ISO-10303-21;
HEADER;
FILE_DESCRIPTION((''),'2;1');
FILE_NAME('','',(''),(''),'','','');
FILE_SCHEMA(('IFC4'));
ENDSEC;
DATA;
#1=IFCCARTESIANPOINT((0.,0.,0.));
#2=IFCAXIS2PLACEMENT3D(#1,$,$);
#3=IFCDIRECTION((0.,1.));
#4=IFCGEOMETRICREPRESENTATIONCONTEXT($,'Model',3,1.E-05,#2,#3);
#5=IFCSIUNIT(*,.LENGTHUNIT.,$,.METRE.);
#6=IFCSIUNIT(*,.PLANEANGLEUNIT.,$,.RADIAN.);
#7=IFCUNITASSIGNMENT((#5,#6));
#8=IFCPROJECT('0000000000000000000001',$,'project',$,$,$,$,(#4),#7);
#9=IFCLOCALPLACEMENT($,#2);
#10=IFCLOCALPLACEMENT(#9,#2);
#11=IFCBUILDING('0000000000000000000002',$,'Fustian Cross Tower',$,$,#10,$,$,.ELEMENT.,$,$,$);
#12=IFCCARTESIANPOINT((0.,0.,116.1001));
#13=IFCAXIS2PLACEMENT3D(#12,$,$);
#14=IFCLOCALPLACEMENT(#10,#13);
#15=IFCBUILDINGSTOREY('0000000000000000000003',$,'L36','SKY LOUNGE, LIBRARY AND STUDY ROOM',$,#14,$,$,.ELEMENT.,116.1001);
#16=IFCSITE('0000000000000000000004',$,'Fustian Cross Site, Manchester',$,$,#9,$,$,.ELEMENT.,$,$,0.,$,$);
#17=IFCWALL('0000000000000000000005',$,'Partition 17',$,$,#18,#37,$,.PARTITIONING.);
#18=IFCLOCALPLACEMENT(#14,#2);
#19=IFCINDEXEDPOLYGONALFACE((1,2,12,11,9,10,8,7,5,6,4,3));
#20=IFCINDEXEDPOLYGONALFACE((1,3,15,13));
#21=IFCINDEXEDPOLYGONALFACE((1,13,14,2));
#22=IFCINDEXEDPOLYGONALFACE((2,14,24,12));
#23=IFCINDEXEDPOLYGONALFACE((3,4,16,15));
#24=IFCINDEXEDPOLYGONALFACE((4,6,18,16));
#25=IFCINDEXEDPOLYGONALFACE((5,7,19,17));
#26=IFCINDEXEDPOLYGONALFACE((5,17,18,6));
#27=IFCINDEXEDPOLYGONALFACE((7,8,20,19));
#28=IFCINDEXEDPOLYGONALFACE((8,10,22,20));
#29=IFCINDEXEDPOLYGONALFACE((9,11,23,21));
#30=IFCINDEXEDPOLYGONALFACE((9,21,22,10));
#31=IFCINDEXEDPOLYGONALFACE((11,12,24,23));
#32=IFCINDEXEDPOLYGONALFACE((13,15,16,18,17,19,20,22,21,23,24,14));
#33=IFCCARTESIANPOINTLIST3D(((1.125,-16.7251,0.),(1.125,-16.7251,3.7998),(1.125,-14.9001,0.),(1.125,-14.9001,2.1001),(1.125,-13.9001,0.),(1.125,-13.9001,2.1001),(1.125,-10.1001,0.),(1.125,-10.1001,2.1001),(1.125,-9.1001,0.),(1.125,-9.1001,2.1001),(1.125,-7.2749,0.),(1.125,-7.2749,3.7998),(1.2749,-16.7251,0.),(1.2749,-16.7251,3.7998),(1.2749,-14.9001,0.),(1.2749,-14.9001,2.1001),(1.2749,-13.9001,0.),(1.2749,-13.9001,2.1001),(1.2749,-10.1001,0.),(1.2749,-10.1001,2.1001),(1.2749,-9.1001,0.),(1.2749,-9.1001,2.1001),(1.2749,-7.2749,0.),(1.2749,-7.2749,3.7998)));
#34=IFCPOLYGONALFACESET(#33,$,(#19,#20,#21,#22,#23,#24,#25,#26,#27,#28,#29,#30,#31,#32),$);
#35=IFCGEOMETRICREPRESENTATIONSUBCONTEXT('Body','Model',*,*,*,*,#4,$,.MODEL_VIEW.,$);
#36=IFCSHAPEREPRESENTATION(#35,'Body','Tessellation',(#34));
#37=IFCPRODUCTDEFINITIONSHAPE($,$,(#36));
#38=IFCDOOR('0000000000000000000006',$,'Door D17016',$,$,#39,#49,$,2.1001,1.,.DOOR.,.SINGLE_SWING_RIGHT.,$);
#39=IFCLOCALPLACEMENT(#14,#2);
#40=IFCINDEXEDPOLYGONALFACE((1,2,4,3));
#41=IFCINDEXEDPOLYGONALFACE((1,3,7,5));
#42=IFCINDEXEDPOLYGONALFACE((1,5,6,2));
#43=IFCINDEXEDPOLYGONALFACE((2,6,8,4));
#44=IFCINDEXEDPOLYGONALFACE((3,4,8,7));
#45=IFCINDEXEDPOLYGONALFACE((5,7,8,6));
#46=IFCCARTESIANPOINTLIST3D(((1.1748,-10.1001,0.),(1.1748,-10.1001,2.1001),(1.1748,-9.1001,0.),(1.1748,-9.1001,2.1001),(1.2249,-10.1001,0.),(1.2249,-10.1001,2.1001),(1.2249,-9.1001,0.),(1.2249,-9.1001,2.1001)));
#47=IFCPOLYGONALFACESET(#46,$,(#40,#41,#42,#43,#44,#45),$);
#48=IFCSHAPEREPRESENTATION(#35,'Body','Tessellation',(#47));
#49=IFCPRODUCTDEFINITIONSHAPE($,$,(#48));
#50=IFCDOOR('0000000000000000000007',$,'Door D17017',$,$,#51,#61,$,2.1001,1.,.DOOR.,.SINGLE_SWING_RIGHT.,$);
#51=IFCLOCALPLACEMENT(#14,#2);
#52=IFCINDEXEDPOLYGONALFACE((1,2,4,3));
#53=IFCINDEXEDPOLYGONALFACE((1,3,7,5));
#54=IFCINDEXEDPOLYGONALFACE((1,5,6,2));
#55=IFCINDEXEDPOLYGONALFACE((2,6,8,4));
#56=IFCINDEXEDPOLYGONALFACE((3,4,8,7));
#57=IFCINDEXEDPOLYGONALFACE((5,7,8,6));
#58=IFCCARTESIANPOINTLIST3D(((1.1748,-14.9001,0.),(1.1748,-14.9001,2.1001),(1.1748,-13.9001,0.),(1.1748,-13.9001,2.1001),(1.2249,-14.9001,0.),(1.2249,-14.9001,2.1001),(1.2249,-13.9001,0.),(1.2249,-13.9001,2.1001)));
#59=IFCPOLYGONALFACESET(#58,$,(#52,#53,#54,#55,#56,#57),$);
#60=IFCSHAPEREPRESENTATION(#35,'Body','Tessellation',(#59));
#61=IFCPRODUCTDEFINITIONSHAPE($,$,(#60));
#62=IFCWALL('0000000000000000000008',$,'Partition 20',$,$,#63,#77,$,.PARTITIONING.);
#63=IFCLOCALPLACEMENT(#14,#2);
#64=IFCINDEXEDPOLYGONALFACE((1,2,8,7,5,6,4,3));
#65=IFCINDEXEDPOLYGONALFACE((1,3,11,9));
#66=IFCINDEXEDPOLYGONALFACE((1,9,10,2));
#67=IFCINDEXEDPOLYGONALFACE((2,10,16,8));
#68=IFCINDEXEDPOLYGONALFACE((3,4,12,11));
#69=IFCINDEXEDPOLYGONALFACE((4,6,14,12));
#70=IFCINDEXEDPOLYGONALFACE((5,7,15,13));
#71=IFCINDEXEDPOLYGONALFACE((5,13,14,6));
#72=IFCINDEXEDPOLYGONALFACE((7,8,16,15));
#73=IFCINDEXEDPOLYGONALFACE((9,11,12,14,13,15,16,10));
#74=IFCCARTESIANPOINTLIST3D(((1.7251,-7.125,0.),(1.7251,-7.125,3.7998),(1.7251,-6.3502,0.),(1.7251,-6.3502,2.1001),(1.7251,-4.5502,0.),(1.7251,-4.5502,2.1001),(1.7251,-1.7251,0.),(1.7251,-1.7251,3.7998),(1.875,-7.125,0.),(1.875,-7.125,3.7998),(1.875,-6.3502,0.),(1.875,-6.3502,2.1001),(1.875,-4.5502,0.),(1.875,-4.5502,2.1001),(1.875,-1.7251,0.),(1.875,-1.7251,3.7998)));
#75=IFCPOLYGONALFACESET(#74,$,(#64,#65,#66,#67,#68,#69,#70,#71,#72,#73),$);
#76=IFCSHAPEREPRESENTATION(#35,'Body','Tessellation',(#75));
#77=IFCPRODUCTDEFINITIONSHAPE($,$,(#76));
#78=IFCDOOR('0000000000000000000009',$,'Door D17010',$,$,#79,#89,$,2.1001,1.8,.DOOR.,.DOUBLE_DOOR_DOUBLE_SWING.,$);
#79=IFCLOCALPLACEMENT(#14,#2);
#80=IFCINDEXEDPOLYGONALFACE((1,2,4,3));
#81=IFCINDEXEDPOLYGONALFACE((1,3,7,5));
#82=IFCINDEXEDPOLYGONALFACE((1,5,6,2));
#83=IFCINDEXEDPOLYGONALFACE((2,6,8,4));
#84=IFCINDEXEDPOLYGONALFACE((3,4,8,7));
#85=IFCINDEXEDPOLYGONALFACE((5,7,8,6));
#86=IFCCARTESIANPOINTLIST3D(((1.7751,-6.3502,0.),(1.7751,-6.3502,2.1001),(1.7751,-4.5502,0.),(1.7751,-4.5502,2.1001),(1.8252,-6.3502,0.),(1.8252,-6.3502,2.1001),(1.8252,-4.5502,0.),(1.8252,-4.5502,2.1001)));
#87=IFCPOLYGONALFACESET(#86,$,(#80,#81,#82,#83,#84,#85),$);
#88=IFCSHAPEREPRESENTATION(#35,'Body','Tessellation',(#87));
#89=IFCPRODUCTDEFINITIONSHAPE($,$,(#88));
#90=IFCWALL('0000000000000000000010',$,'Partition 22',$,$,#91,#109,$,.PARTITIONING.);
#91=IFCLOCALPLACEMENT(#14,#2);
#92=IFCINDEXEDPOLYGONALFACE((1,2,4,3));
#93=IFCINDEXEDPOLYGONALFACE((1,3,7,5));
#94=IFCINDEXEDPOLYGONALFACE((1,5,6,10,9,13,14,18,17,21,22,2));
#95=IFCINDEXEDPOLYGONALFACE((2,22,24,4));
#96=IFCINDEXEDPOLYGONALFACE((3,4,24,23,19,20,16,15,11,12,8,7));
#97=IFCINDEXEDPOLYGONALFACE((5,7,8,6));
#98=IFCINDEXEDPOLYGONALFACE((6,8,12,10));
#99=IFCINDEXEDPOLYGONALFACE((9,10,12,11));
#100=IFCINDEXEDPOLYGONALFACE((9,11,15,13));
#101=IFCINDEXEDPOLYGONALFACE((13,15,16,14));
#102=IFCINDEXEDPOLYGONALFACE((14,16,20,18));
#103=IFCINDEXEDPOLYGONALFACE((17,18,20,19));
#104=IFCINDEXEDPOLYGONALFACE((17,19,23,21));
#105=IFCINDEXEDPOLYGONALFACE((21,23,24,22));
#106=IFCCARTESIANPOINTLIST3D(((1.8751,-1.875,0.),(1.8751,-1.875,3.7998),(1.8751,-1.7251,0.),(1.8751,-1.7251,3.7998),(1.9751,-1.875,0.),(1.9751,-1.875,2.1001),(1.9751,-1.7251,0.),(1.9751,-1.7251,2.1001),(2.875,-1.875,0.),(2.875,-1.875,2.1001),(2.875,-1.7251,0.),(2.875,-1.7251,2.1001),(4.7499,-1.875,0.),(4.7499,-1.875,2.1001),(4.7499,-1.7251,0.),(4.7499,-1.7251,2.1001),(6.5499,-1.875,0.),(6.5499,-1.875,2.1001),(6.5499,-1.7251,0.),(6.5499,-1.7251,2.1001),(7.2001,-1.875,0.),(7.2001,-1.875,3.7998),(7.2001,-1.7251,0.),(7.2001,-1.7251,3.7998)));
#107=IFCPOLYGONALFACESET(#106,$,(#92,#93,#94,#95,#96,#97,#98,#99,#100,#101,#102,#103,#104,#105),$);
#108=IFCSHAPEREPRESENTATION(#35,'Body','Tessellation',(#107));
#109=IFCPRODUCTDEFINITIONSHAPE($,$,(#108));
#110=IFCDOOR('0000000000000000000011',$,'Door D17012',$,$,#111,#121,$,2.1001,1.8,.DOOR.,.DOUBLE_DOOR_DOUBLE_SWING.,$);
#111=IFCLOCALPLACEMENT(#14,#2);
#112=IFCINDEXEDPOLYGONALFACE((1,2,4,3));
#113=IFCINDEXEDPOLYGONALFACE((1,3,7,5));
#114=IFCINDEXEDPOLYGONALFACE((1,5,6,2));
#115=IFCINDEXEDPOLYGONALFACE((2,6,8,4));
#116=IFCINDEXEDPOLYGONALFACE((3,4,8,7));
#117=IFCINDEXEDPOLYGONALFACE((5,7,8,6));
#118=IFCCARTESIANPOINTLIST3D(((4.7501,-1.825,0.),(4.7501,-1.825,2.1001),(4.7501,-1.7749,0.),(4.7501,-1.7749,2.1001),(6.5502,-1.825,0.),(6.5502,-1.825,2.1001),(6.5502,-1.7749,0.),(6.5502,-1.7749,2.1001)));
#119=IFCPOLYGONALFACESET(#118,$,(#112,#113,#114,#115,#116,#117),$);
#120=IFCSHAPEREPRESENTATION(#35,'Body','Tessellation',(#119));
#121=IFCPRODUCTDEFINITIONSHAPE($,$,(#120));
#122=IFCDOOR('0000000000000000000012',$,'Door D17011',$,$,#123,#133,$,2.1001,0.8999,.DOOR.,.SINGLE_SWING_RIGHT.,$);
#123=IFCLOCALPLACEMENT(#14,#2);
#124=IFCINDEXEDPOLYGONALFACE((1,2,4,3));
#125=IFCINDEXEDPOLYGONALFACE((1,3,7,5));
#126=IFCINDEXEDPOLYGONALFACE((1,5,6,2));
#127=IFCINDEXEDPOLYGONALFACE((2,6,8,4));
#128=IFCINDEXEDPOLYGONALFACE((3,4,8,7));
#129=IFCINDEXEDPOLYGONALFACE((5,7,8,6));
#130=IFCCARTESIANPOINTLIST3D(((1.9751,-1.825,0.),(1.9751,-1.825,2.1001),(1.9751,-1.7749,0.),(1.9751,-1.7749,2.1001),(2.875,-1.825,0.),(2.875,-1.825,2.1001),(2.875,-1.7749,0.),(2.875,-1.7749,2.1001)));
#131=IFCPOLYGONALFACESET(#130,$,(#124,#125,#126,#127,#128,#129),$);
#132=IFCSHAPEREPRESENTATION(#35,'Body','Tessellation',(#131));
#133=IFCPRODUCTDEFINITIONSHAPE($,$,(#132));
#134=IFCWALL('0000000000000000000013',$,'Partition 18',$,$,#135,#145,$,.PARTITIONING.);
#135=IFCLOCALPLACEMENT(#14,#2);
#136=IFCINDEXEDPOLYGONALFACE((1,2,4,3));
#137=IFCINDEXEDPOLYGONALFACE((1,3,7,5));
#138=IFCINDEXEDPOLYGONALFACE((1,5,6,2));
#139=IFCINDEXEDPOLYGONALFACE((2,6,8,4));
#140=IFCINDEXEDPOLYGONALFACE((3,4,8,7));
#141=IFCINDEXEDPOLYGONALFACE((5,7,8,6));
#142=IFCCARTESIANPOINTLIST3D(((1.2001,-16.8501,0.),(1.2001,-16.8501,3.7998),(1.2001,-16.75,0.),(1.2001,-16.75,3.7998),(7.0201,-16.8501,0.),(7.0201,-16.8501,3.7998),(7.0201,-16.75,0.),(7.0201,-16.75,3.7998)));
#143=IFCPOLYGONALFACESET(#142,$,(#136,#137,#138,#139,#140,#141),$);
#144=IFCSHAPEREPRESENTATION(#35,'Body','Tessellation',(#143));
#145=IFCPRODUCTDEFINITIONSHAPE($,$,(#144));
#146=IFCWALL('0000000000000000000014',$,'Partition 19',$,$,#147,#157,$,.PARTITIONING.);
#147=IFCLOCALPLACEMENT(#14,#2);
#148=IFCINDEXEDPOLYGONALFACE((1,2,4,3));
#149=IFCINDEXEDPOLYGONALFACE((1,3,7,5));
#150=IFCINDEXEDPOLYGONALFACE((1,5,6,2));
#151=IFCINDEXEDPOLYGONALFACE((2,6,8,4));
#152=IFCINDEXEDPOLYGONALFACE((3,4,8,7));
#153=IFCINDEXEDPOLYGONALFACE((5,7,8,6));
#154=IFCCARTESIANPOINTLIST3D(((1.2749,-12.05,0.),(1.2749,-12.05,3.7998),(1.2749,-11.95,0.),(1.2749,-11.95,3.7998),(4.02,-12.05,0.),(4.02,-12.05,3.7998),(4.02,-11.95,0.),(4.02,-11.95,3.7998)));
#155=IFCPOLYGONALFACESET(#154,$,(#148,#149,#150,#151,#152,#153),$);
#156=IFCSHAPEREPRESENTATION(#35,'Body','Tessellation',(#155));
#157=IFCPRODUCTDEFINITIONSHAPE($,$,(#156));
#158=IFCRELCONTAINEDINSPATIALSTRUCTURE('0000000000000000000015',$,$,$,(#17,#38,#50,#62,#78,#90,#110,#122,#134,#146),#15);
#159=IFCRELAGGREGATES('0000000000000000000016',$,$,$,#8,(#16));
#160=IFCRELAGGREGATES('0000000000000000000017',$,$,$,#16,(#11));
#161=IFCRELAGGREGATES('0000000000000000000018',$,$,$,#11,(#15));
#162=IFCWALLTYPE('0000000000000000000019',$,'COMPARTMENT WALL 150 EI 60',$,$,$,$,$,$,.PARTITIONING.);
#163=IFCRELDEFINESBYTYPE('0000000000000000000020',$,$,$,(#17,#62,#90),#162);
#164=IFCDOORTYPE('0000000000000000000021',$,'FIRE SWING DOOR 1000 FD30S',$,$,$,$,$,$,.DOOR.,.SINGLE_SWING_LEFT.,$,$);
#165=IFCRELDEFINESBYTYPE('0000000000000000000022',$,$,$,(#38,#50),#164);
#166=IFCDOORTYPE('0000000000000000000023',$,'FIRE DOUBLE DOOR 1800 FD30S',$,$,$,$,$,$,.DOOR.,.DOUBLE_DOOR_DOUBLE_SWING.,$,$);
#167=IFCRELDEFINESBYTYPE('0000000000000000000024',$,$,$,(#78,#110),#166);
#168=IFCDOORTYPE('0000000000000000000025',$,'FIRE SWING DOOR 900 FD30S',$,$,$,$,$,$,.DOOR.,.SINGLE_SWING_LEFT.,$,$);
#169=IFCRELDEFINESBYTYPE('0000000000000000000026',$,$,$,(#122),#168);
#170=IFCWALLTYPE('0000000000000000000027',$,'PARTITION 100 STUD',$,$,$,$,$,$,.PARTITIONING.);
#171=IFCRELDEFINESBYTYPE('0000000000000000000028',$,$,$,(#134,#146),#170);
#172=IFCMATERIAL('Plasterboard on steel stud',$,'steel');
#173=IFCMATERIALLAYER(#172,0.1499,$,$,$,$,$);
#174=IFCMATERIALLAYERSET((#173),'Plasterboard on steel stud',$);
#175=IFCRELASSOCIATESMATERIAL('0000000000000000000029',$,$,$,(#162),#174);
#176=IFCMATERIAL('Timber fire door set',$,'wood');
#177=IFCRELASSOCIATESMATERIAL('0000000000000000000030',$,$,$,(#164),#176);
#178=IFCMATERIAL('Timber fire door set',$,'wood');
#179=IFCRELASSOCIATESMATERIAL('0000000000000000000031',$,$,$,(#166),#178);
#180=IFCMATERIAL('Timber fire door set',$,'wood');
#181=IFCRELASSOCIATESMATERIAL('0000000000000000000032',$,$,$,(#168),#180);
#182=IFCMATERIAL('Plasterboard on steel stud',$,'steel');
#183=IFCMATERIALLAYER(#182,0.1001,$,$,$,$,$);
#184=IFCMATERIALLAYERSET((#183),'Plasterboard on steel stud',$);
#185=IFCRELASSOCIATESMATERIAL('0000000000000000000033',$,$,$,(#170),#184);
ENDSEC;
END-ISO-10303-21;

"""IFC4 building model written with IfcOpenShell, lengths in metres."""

from ifc_helpers import new_model, si_unit, direction, frame, frame_2d, origin, place, context, subcontext, project, spatial, rectangle, extrude, material, layer, layer_set, type_object, element, fill, save


model = new_model("IFC4")

# Units and contexts
model_context = context("Model", 3, precision=1e-05, world=origin(), true_north=direction((0.0, 1.0)))
body_context = subcontext(model_context, "Body", "Model", "MODEL_VIEW")
ifc_project = project(units=[si_unit("LENGTHUNIT", "METRE"), si_unit("PLANEANGLEUNIT", "RADIAN")], contexts=[model_context])

# Site, building, storey
site_placement = place(None, origin())
site = spatial("IfcSite", under=ifc_project, at=site_placement, Name="Fustian Cross Site, Manchester", CompositionType="ELEMENT", RefElevation=0.0)
building_placement = place(site_placement, origin())
building = spatial("IfcBuilding", under=site, at=building_placement, Name="Fustian Cross Tower", CompositionType="ELEMENT")
storey_placement = place(building_placement, frame((0.0, 0.0, 116.1001)))
storey = spatial("IfcBuildingStorey", under=building, at=storey_placement, Name="L36", Description="SKY LOUNGE, LIBRARY AND STUDY ROOM", CompositionType="ELEMENT", Elevation=116.1001)

# Wall, openings, doors
ifc_material_1 = material(Name="Plasterboard on steel stud", Category="steel")
ifc_layer_1 = layer(ifc_material_1, 0.1499)
ifc_layer_set_1 = layer_set([ifc_layer_1], Name="Plasterboard on steel stud")
wall_type_1 = type_object("IfcWallType", Name="COMPARTMENT WALL 150 EI 60", PredefinedType="PARTITIONING", material=ifc_layer_set_1)
wall_1_placement = place(storey_placement, frame((1.2, -16.7251, 0.0), z_axis=(0.0, 0.0, 1.0), x_axis=(0.0, 1.0, 0.0)))
wall_1 = element("IfcWall", 1, at=wall_1_placement, inside=storey, type_object=wall_type_1, Name="Partition 17", PredefinedType="PARTITIONING", context=body_context, shape_type="SweptSolid", body=[
    extrude(rectangle(XDim=9.4502, YDim=0.1499, at=frame_2d((4.7251, 0.0))), origin(), (0.0, 0.0, 1.0), 3.7998),
])
opening_1_placement = place(wall_1_placement, frame((6.625, 0.0, 0.0)))
opening_1 = element("IfcOpeningElement", 2, at=opening_1_placement, cuts=wall_1, PredefinedType="OPENING", context=body_context, shape_type="SweptSolid", body=[
    extrude(rectangle(XDim=1.0, YDim=2.1001, at=frame_2d((0.5, 1.05))), frame((0.0, 0.085, 0.0), z_axis=(0.0, -1.0, 0.0), x_axis=(1.0, 0.0, 0.0)), (0.0, 0.0, 1.0), 0.1699),
])
opening_2_placement = place(wall_1_placement, frame((1.825, 0.0, 0.0)))
opening_2 = element("IfcOpeningElement", 3, at=opening_2_placement, cuts=wall_1, PredefinedType="OPENING", context=body_context, shape_type="SweptSolid", body=[
    extrude(rectangle(XDim=1.0, YDim=2.1001, at=frame_2d((0.5, 1.05))), frame((0.0, 0.085, 0.0), z_axis=(0.0, -1.0, 0.0), x_axis=(1.0, 0.0, 0.0)), (0.0, 0.0, 1.0), 0.1699),
])
ifc_material_2 = material(Name="Timber fire door set", Category="wood")
door_type_1 = type_object("IfcDoorType", Name="FIRE SWING DOOR 1000 FD30S", OperationType="SINGLE_SWING_LEFT", PredefinedType="DOOR", material=ifc_material_2)
door_1_placement = place(opening_1_placement, frame((1.0, 0.0, 0.0), z_axis=(0.0, 0.0, 1.0), x_axis=(-1.0, 0.0, 0.0)))
door_1 = element("IfcDoor", 4, at=door_1_placement, inside=storey, type_object=door_type_1, Name="Door D17016", OperationType="SINGLE_SWING_RIGHT", OverallHeight=2.1001, OverallWidth=1.0, PredefinedType="DOOR", context=body_context, shape_type="SweptSolid", body=[
    extrude(rectangle(XDim=1.0, YDim=2.1001, at=frame_2d((0.5, 1.05))), frame((0.0, 0.0249, 0.0), z_axis=(0.0, -1.0, 0.0), x_axis=(1.0, 0.0, 0.0)), (0.0, 0.0, 1.0), 0.05),
])
fill(opening_1, door_1)
door_2_placement = place(opening_2_placement, frame((1.0, 0.0, 0.0), z_axis=(0.0, 0.0, 1.0), x_axis=(-1.0, 0.0, 0.0)))
door_2 = element("IfcDoor", 5, at=door_2_placement, inside=storey, type_object=door_type_1, Name="Door D17017", OperationType="SINGLE_SWING_RIGHT", OverallHeight=2.1001, OverallWidth=1.0, PredefinedType="DOOR", context=body_context, shape_type="SweptSolid", body=[
    extrude(rectangle(XDim=1.0, YDim=2.1001, at=frame_2d((0.5, 1.05))), frame((0.0, 0.0249, 0.0), z_axis=(0.0, -1.0, 0.0), x_axis=(1.0, 0.0, 0.0)), (0.0, 0.0, 1.0), 0.05),
])
fill(opening_2, door_2)

# Wall, opening, door
wall_2_placement = place(storey_placement, frame((1.8, -7.125, 0.0), z_axis=(0.0, 0.0, 1.0), x_axis=(0.0, 1.0, 0.0)))
wall_2 = element("IfcWall", 6, at=wall_2_placement, inside=storey, type_object=wall_type_1, Name="Partition 20", PredefinedType="PARTITIONING", context=body_context, shape_type="SweptSolid", body=[
    extrude(rectangle(XDim=5.3999, YDim=0.1499, at=frame_2d((2.7, 0.0))), origin(), (0.0, 0.0, 1.0), 3.7998),
])
opening_3_placement = place(wall_2_placement, frame((0.7749, 0.0, 0.0)))
opening_3 = element("IfcOpeningElement", 7, at=opening_3_placement, cuts=wall_2, PredefinedType="OPENING", context=body_context, shape_type="SweptSolid", body=[
    extrude(rectangle(XDim=1.8, YDim=2.1001, at=frame_2d((0.8999, 1.05))), frame((0.0, 0.085, 0.0), z_axis=(0.0, -1.0, 0.0), x_axis=(1.0, 0.0, 0.0)), (0.0, 0.0, 1.0), 0.1699),
])
ifc_material_3 = material(Name="Timber fire door set", Category="wood")
door_type_2 = type_object("IfcDoorType", Name="FIRE DOUBLE DOOR 1800 FD30S", OperationType="DOUBLE_DOOR_DOUBLE_SWING", PredefinedType="DOOR", material=ifc_material_3)
door_3_placement = place(opening_3_placement, origin())
door_3 = element("IfcDoor", 8, at=door_3_placement, inside=storey, type_object=door_type_2, Name="Door D17010", OperationType="DOUBLE_DOOR_DOUBLE_SWING", OverallHeight=2.1001, OverallWidth=1.8, PredefinedType="DOOR", context=body_context, shape_type="SweptSolid", body=[
    extrude(rectangle(XDim=1.8, YDim=2.1001, at=frame_2d((0.8999, 1.05))), frame((0.0, 0.0249, 0.0), z_axis=(0.0, -1.0, 0.0), x_axis=(1.0, 0.0, 0.0)), (0.0, 0.0, 1.0), 0.05),
])
fill(opening_3, door_3)

# Wall, openings, doors
wall_3_placement = place(storey_placement, frame((1.875, -1.8, 0.0), z_axis=(0.0, 0.0, 1.0), x_axis=(1.0, 0.0, 0.0)))
wall_3 = element("IfcWall", 9, at=wall_3_placement, inside=storey, type_object=wall_type_1, Name="Partition 22", PredefinedType="PARTITIONING", context=body_context, shape_type="SweptSolid", body=[
    extrude(rectangle(XDim=5.325, YDim=0.1499, at=frame_2d((2.6626, 0.0))), origin(), (0.0, 0.0, 1.0), 3.7998),
])
opening_4_placement = place(wall_3_placement, frame((0.1001, 0.0, 0.0)))
opening_4 = element("IfcOpeningElement", 10, at=opening_4_placement, cuts=wall_3, PredefinedType="OPENING", context=body_context, shape_type="SweptSolid", body=[
    extrude(rectangle(XDim=0.8999, YDim=2.1001, at=frame_2d((0.45, 1.05))), frame((0.0, 0.085, 0.0), z_axis=(0.0, -1.0, 0.0), x_axis=(1.0, 0.0, 0.0)), (0.0, 0.0, 1.0), 0.1699),
])
opening_5_placement = place(wall_3_placement, frame((2.875, 0.0, 0.0)))
opening_5 = element("IfcOpeningElement", 11, at=opening_5_placement, cuts=wall_3, PredefinedType="OPENING", context=body_context, shape_type="SweptSolid", body=[
    extrude(rectangle(XDim=1.8, YDim=2.1001, at=frame_2d((0.8999, 1.05))), frame((0.0, 0.085, 0.0), z_axis=(0.0, -1.0, 0.0), x_axis=(1.0, 0.0, 0.0)), (0.0, 0.0, 1.0), 0.1699),
])
door_4_placement = place(opening_5_placement, frame((1.8, 0.0, 0.0), z_axis=(0.0, 0.0, 1.0), x_axis=(-1.0, 0.0, 0.0)))
door_4 = element("IfcDoor", 12, at=door_4_placement, inside=storey, type_object=door_type_2, Name="Door D17012", OperationType="DOUBLE_DOOR_DOUBLE_SWING", OverallHeight=2.1001, OverallWidth=1.8, PredefinedType="DOOR", context=body_context, shape_type="SweptSolid", body=[
    extrude(rectangle(XDim=1.8, YDim=2.1001, at=frame_2d((0.8999, 1.05))), frame((0.0, 0.0249, 0.0), z_axis=(0.0, -1.0, 0.0), x_axis=(1.0, 0.0, 0.0)), (0.0, 0.0, 1.0), 0.05),
])
fill(opening_5, door_4)
ifc_material_4 = material(Name="Timber fire door set", Category="wood")
door_type_3 = type_object("IfcDoorType", Name="FIRE SWING DOOR 900 FD30S", OperationType="SINGLE_SWING_LEFT", PredefinedType="DOOR", material=ifc_material_4)
door_5_placement = place(opening_4_placement, frame((0.8999, 0.0, 0.0), z_axis=(0.0, 0.0, 1.0), x_axis=(-1.0, 0.0, 0.0)))
door_5 = element("IfcDoor", 13, at=door_5_placement, inside=storey, type_object=door_type_3, Name="Door D17011", OperationType="SINGLE_SWING_RIGHT", OverallHeight=2.1001, OverallWidth=0.8999, PredefinedType="DOOR", context=body_context, shape_type="SweptSolid", body=[
    extrude(rectangle(XDim=0.8999, YDim=2.1001, at=frame_2d((0.45, 1.05))), frame((0.0, 0.0249, 0.0), z_axis=(0.0, -1.0, 0.0), x_axis=(1.0, 0.0, 0.0)), (0.0, 0.0, 1.0), 0.05),
])
fill(opening_4, door_5)

# Walls
ifc_material_5 = material(Name="Plasterboard on steel stud", Category="steel")
ifc_layer_2 = layer(ifc_material_5, 0.1001)
ifc_layer_set_2 = layer_set([ifc_layer_2], Name="Plasterboard on steel stud")
wall_type_2 = type_object("IfcWallType", Name="PARTITION 100 STUD", PredefinedType="PARTITIONING", material=ifc_layer_set_2)
wall_4_placement = place(storey_placement, frame((1.2, -16.8, 0.0), z_axis=(0.0, 0.0, 1.0), x_axis=(1.0, 0.0, 0.0)))
element("IfcWall", 14, at=wall_4_placement, inside=storey, type_object=wall_type_2, Name="Partition 18", PredefinedType="PARTITIONING", context=body_context, shape_type="SweptSolid", body=[
    extrude(rectangle(XDim=5.8201, YDim=0.1001, at=frame_2d((2.9102, 0.0))), origin(), (0.0, 0.0, 1.0), 3.7998),
])
wall_5_placement = place(storey_placement, frame((1.2749, -12.0, 0.0), z_axis=(0.0, 0.0, 1.0), x_axis=(1.0, 0.0, 0.0)))
element("IfcWall", 15, at=wall_5_placement, inside=storey, type_object=wall_type_2, Name="Partition 19", PredefinedType="PARTITIONING", context=body_context, shape_type="SweptSolid", body=[
    extrude(rectangle(XDim=2.7451, YDim=0.1001, at=frame_2d((1.3726, 0.0))), origin(), (0.0, 0.0, 1.0), 3.7998),
])

save(model, "model.ifc")
